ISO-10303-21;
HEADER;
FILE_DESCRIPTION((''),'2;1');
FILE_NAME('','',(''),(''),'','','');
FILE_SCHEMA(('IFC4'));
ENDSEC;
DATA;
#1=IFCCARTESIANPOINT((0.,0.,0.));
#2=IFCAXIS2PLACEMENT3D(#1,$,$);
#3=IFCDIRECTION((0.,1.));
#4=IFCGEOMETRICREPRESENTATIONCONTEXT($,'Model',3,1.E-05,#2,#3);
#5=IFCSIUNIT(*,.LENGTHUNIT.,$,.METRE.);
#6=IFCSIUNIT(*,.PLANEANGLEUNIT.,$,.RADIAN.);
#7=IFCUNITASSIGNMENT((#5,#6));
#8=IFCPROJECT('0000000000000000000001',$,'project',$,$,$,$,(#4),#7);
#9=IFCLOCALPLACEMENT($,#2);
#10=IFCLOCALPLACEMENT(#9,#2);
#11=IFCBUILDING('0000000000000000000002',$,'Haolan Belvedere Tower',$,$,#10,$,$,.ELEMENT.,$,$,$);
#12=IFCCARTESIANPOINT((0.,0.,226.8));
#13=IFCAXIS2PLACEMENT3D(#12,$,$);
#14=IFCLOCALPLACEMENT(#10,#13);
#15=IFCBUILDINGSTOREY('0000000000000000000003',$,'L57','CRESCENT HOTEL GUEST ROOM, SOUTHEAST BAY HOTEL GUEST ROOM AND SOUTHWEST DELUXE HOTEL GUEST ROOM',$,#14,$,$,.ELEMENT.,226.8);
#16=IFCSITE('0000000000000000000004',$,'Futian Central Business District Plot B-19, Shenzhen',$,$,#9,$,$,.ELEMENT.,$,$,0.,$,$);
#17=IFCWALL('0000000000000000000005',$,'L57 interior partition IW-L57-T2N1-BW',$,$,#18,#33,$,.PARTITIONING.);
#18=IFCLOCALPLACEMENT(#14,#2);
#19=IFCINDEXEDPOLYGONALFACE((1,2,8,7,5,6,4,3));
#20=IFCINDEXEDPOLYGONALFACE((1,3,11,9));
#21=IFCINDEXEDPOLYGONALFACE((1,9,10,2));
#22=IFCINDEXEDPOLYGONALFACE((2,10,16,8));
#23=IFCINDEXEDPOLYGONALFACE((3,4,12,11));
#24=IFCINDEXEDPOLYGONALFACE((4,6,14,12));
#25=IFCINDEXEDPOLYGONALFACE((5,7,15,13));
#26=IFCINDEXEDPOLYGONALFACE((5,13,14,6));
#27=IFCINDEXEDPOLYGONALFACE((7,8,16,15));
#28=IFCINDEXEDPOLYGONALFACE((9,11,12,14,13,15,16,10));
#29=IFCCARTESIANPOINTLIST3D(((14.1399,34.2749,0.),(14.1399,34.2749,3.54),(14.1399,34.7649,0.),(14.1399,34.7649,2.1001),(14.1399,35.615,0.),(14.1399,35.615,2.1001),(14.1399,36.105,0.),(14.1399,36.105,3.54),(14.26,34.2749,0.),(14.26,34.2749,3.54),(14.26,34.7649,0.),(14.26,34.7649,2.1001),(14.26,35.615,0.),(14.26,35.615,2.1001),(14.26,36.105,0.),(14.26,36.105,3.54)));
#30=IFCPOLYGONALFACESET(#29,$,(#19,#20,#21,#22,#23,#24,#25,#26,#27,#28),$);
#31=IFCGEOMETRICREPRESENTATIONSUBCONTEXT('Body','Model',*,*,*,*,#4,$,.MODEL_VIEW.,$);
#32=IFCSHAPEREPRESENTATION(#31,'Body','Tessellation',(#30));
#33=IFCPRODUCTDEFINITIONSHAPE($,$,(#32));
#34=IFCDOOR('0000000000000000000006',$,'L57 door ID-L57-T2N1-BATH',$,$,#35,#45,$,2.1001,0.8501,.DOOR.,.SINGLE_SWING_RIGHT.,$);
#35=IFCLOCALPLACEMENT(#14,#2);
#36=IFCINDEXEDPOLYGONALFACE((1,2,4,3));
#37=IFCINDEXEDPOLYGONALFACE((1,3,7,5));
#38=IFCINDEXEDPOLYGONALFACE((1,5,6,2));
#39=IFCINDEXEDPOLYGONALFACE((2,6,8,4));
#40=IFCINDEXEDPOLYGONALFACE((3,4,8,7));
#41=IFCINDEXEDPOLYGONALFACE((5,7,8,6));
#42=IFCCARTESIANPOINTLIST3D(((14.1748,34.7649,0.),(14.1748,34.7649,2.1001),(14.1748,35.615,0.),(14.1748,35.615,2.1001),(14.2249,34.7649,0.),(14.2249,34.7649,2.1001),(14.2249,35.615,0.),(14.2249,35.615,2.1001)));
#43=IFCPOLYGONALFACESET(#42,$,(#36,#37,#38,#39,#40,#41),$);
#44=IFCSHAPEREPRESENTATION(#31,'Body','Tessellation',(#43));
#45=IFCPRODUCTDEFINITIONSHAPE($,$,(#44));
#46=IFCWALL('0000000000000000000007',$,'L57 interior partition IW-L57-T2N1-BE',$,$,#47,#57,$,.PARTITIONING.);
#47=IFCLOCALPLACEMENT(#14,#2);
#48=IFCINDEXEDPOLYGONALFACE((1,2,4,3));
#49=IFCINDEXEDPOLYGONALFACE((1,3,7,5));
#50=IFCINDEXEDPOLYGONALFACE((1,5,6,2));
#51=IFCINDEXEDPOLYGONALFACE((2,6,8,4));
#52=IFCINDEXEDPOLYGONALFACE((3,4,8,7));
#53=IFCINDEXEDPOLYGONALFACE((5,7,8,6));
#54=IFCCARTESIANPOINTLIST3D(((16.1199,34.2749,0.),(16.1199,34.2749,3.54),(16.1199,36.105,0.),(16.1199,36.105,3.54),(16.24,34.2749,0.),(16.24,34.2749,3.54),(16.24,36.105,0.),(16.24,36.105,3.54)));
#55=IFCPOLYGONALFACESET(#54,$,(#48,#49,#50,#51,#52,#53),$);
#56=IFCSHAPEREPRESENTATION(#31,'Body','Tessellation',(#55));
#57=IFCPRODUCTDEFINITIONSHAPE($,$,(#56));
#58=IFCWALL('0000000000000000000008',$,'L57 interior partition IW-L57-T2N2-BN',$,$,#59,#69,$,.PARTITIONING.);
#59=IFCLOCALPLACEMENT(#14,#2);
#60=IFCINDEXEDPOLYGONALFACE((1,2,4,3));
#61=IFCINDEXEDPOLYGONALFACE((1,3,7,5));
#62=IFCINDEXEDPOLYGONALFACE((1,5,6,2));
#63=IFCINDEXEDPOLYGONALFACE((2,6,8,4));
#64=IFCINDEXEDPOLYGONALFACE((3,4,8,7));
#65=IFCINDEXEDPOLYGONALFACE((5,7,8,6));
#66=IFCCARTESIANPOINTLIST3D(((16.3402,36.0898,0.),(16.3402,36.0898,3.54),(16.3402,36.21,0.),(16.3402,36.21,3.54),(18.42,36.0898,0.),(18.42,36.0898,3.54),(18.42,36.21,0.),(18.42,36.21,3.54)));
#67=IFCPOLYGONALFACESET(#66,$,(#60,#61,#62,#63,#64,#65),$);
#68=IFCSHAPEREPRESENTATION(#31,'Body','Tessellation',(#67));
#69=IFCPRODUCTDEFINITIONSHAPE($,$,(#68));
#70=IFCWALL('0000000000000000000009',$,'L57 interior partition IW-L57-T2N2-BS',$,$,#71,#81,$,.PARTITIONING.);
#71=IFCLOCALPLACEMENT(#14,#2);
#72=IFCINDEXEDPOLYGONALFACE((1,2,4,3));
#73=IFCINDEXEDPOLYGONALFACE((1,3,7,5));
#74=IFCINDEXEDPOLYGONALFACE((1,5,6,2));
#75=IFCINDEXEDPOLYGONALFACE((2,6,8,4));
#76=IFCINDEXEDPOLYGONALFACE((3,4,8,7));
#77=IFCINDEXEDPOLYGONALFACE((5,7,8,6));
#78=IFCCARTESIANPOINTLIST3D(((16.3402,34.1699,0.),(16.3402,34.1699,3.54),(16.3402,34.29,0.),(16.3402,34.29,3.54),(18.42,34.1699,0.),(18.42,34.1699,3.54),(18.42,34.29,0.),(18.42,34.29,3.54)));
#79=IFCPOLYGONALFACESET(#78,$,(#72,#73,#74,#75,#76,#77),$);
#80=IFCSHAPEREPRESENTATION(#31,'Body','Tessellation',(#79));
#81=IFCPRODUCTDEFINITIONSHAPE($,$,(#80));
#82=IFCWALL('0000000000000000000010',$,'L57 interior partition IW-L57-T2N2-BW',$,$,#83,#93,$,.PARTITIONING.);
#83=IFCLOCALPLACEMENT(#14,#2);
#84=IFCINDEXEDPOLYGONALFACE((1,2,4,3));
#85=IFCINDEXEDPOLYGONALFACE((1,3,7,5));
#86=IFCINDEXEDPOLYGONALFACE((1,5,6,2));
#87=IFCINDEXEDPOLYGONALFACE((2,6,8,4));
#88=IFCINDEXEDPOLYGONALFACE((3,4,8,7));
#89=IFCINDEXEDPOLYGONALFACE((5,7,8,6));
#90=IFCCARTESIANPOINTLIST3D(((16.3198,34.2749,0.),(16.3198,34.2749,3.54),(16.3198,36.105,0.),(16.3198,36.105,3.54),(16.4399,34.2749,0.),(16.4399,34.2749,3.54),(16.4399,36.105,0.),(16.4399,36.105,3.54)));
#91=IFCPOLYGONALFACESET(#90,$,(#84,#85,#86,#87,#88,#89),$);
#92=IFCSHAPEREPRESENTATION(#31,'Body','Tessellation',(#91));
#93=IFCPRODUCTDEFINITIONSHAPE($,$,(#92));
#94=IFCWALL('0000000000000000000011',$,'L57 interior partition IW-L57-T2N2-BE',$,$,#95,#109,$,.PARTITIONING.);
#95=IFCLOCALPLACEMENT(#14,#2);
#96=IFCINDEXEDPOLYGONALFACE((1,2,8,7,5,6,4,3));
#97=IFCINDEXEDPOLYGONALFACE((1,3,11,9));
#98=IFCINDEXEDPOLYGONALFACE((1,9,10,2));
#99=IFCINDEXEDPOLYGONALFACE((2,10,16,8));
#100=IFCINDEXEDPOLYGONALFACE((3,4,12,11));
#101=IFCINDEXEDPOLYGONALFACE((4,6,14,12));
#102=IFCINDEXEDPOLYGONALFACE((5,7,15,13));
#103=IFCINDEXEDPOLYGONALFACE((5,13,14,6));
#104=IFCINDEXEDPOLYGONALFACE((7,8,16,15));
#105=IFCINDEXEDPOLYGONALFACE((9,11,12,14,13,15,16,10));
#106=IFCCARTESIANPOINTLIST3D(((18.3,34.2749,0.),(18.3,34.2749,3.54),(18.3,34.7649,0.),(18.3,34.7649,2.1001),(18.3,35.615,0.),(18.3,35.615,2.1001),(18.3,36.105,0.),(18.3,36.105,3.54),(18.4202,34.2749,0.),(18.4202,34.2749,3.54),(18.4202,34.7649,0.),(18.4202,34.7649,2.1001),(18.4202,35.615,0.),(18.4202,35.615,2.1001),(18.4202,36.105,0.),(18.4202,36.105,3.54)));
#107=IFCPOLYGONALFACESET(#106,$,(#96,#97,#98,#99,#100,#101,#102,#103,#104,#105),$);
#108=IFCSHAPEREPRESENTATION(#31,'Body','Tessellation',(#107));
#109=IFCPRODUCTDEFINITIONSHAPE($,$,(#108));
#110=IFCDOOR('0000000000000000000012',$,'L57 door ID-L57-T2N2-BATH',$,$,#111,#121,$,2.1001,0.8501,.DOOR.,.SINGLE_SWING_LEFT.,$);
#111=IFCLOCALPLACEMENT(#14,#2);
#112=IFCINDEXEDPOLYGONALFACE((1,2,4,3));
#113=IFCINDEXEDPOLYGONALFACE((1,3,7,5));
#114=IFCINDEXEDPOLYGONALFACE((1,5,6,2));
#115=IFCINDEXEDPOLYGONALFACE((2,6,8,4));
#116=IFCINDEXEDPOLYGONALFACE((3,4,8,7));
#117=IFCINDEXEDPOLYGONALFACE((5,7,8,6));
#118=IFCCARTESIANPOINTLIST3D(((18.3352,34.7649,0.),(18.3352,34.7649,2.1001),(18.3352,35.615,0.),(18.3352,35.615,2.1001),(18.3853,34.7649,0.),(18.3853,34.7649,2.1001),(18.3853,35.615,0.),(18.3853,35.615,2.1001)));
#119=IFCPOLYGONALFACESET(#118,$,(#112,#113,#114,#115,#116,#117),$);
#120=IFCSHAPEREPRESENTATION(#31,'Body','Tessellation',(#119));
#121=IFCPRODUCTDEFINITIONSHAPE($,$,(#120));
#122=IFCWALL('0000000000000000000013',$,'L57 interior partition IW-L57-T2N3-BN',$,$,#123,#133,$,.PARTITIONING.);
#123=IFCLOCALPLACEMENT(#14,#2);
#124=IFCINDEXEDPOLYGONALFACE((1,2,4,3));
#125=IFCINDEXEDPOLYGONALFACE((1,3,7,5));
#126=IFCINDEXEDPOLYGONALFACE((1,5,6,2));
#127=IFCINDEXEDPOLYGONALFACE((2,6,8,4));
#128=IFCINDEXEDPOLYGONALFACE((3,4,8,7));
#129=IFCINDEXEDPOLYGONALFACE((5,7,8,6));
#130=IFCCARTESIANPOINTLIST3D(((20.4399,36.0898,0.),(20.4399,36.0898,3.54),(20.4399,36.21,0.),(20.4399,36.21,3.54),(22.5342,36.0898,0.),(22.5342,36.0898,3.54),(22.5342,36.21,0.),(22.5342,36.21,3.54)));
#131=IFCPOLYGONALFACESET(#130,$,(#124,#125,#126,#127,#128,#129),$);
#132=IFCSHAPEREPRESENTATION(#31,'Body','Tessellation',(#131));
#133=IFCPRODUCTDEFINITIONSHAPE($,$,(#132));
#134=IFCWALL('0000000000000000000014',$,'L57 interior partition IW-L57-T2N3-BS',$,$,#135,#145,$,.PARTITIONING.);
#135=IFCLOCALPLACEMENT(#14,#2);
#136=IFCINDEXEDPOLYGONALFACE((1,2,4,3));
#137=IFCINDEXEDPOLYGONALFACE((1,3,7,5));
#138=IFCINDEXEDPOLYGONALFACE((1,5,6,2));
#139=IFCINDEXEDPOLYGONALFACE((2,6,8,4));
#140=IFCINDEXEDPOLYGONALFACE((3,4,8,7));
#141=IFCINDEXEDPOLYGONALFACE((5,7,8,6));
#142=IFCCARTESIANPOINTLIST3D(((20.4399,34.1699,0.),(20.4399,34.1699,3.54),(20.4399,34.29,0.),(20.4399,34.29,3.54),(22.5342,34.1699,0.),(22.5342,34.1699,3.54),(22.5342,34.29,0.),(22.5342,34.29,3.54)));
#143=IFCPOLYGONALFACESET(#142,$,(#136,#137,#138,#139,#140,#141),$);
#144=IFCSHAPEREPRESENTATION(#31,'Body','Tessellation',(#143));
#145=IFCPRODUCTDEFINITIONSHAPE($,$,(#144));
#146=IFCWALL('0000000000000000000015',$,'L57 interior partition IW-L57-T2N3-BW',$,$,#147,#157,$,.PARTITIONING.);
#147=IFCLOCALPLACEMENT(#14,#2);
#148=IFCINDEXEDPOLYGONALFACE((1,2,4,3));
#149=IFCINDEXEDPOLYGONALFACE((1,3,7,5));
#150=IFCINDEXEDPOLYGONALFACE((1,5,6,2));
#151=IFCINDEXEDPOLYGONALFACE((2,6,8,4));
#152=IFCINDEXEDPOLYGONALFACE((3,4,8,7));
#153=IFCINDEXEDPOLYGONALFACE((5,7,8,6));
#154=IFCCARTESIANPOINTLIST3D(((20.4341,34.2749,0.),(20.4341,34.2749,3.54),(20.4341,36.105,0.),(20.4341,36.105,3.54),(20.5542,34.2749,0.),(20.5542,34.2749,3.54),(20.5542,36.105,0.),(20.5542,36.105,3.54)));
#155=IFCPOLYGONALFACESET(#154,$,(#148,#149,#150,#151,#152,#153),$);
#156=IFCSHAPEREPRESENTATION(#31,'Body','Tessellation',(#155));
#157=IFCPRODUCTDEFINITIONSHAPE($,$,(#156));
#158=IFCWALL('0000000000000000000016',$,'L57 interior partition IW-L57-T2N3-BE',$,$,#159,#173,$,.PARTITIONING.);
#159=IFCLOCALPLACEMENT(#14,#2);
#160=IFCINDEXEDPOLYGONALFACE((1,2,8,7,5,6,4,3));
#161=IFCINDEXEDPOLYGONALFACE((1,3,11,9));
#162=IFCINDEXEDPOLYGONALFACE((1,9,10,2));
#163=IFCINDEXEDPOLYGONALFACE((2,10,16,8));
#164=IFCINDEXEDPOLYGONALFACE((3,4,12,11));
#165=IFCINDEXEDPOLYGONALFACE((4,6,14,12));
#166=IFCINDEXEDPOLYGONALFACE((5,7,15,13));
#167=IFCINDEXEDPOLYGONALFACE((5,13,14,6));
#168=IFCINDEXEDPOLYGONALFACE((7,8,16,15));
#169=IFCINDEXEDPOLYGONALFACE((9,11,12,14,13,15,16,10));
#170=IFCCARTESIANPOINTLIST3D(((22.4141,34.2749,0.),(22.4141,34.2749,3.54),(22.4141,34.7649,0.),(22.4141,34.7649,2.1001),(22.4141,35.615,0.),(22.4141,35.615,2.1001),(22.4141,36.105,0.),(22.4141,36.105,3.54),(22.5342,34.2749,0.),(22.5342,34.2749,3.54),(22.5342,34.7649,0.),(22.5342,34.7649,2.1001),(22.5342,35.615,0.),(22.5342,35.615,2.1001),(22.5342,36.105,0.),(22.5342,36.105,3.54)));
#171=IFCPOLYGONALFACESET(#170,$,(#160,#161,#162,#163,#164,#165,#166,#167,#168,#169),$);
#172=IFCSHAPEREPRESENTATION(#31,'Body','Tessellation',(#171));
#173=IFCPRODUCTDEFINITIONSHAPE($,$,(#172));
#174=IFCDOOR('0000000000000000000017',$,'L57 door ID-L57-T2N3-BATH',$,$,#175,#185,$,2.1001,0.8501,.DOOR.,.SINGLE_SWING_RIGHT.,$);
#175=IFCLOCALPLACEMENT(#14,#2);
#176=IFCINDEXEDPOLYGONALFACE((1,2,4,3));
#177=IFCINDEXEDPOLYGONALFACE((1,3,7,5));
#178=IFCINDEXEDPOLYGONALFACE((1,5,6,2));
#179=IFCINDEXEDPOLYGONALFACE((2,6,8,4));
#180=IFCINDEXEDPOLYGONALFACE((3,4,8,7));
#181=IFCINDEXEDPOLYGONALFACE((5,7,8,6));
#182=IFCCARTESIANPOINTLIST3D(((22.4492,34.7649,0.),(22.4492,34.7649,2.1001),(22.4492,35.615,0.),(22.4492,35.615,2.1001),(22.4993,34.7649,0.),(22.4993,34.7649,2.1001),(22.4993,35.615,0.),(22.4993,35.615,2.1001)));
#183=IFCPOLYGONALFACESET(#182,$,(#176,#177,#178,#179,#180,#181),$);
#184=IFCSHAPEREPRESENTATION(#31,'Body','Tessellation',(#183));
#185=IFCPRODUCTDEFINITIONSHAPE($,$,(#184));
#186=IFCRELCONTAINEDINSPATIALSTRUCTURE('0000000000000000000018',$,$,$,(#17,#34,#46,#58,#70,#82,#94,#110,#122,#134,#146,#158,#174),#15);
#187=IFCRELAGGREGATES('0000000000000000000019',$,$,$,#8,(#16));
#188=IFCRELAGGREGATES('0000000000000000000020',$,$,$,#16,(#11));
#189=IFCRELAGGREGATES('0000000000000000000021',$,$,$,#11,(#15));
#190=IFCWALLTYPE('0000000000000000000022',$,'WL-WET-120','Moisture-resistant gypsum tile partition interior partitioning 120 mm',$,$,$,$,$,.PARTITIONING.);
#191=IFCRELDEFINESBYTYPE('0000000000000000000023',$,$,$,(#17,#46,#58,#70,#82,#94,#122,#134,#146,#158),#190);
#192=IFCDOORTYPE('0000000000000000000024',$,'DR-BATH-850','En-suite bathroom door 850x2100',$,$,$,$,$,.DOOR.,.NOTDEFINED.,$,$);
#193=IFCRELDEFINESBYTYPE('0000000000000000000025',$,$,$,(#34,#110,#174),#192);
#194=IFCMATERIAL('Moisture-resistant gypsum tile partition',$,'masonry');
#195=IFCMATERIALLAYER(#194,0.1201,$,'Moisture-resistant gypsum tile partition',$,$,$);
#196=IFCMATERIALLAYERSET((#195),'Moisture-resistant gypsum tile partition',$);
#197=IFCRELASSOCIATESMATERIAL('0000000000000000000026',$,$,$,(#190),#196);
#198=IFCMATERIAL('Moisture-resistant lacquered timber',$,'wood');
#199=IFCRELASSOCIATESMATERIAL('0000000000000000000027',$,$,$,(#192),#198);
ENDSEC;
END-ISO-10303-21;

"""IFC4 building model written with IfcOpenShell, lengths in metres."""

from ifc_helpers import new_model, si_unit, direction, frame, frame_2d, origin, place, context, subcontext, project, spatial, rectangle, extrude, material, layer, layer_set, type_object, element, fill, save


model = new_model("IFC4")

# Units and contexts
model_context = context("Model", 3, precision=1e-05, world=origin(), true_north=direction((0.0, 1.0)))
body_context = subcontext(model_context, "Body", "Model", "MODEL_VIEW")
ifc_project = project(units=[si_unit("LENGTHUNIT", "METRE"), si_unit("PLANEANGLEUNIT", "RADIAN")], contexts=[model_context])

# Site, building, storey
site_placement = place(None, origin())
site = spatial("IfcSite", under=ifc_project, at=site_placement, Name="Futian Central Business District Plot B-19, Shenzhen", CompositionType="ELEMENT", RefElevation=0.0)
building_placement = place(site_placement, origin())
building = spatial("IfcBuilding", under=site, at=building_placement, Name="Haolan Belvedere Tower", CompositionType="ELEMENT")
storey_placement = place(building_placement, frame((0.0, 0.0, 226.8)))
storey = spatial("IfcBuildingStorey", under=building, at=storey_placement, Name="L57", Description="CRESCENT HOTEL GUEST ROOM, SOUTHEAST BAY HOTEL GUEST ROOM AND SOUTHWEST DELUXE HOTEL GUEST ROOM", CompositionType="ELEMENT", Elevation=226.8)

# Shared definitions
ifc_material_1 = material(Name="Moisture-resistant gypsum tile partition", Category="masonry")
ifc_layer_1 = layer(ifc_material_1, 0.1201, Name="Moisture-resistant gypsum tile partition")
ifc_layer_set_1 = layer_set([ifc_layer_1], Name="Moisture-resistant gypsum tile partition")
wall_type_1 = type_object("IfcWallType", Name="WL-WET-120", Description="Moisture-resistant gypsum tile partition interior partitioning 120 mm", PredefinedType="PARTITIONING", material=ifc_layer_set_1)

# Wall, opening, door
wall_1_placement = place(storey_placement, frame((14.2, 34.2749, 0.0), z_axis=(0.0, 0.0, 1.0), x_axis=(0.0, 1.0, 0.0)))
wall_1 = element("IfcWall", 1, at=wall_1_placement, inside=storey, type_object=wall_type_1, Name="L57 interior partition IW-L57-T2N1-BW", PredefinedType="PARTITIONING", context=body_context, shape_type="SweptSolid", body=[
    extrude(rectangle(XDim=1.8301, YDim=0.1201, at=frame_2d((0.915, 0.0))), origin(), (0.0, 0.0, 1.0), 3.54),
])
opening_1_placement = place(wall_1_placement, frame((1.3401, 0.0, 0.0), z_axis=(0.0, 0.0, 1.0), x_axis=(-1.0, 0.0, 0.0)))
opening_1 = element("IfcOpeningElement", 2, at=opening_1_placement, cuts=wall_1, PredefinedType="OPENING", context=body_context, shape_type="SweptSolid", body=[
    extrude(rectangle(XDim=0.8501, YDim=2.1001, at=frame_2d((0.425, 1.05))), frame((0.0, 0.0701, 0.0), z_axis=(0.0, -1.0, 0.0), x_axis=(1.0, 0.0, 0.0)), (0.0, 0.0, 1.0), 0.1401),
])
ifc_material_2 = material(Name="Moisture-resistant lacquered timber", Category="wood")
door_type = type_object("IfcDoorType", Name="DR-BATH-850", Description="En-suite bathroom door 850x2100", OperationType="NOTDEFINED", PredefinedType="DOOR", material=ifc_material_2)
door_1_placement = place(opening_1_placement, origin())
door_1 = element("IfcDoor", 3, at=door_1_placement, inside=storey, type_object=door_type, Name="L57 door ID-L57-T2N1-BATH", OperationType="SINGLE_SWING_RIGHT", OverallHeight=2.1001, OverallWidth=0.8501, PredefinedType="DOOR", context=body_context, shape_type="SweptSolid", body=[
    extrude(rectangle(XDim=0.8501, YDim=2.1001, at=frame_2d((0.425, 1.05))), frame((0.0, 0.0249, 0.0), z_axis=(0.0, -1.0, 0.0), x_axis=(1.0, 0.0, 0.0)), (0.0, 0.0, 1.0), 0.05),
])
fill(opening_1, door_1)

# Walls
wall_2_placement = place(storey_placement, frame((16.1799, 34.2749, 0.0), z_axis=(0.0, 0.0, 1.0), x_axis=(0.0, 1.0, 0.0)))
element("IfcWall", 4, at=wall_2_placement, inside=storey, type_object=wall_type_1, Name="L57 interior partition IW-L57-T2N1-BE", PredefinedType="PARTITIONING", context=body_context, shape_type="SweptSolid", body=[
    extrude(rectangle(XDim=1.8301, YDim=0.1201, at=frame_2d((0.915, 0.0))), origin(), (0.0, 0.0, 1.0), 3.54),
])
for number, where, z_axis, x_axis, name in (
    (5, (16.3401, 36.1499, 0.0), (0.0, 0.0, 1.0), (1.0, 0.0, 0.0), "L57 interior partition IW-L57-T2N2-BN"),
    (6, (16.3401, 34.23, 0.0), (0.0, 0.0, 1.0), (1.0, 0.0, 0.0), "L57 interior partition IW-L57-T2N2-BS"),
):
    element("IfcWall", number, at=place(storey_placement, frame(where, z_axis=z_axis, x_axis=x_axis)), inside=storey, type_object=wall_type_1, Name=name, PredefinedType="PARTITIONING", context=body_context, shape_type="SweptSolid", body=[
        extrude(rectangle(XDim=2.0798, YDim=0.1201, at=frame_2d((1.04, 0.0))), origin(), (0.0, 0.0, 1.0), 3.54),
    ])
wall_3_placement = place(storey_placement, frame((16.3799, 34.2749, 0.0), z_axis=(0.0, 0.0, 1.0), x_axis=(0.0, 1.0, 0.0)))
element("IfcWall", 7, at=wall_3_placement, inside=storey, type_object=wall_type_1, Name="L57 interior partition IW-L57-T2N2-BW", PredefinedType="PARTITIONING", context=body_context, shape_type="SweptSolid", body=[
    extrude(rectangle(XDim=1.8301, YDim=0.1201, at=frame_2d((0.915, 0.0))), origin(), (0.0, 0.0, 1.0), 3.54),
])

# Wall, opening, door
wall_4_placement = place(storey_placement, frame((18.3601, 34.2749, 0.0), z_axis=(0.0, 0.0, 1.0), x_axis=(0.0, 1.0, 0.0)))
wall_4 = element("IfcWall", 8, at=wall_4_placement, inside=storey, type_object=wall_type_1, Name="L57 interior partition IW-L57-T2N2-BE", PredefinedType="PARTITIONING", context=body_context, shape_type="SweptSolid", body=[
    extrude(rectangle(XDim=1.8301, YDim=0.1201, at=frame_2d((0.915, 0.0))), origin(), (0.0, 0.0, 1.0), 3.54),
])
opening_2_placement = place(wall_4_placement, frame((0.49, 0.0, 0.0)))
opening_2 = element("IfcOpeningElement", 9, at=opening_2_placement, cuts=wall_4, PredefinedType="OPENING", context=body_context, shape_type="SweptSolid", body=[
    extrude(rectangle(XDim=0.8501, YDim=2.1001, at=frame_2d((0.425, 1.05))), frame((0.0, 0.0701, 0.0), z_axis=(0.0, -1.0, 0.0), x_axis=(1.0, 0.0, 0.0)), (0.0, 0.0, 1.0), 0.1401),
])
door_2_placement = place(opening_2_placement, origin())
door_2 = element("IfcDoor", 10, at=door_2_placement, inside=storey, type_object=door_type, Name="L57 door ID-L57-T2N2-BATH", OperationType="SINGLE_SWING_LEFT", OverallHeight=2.1001, OverallWidth=0.8501, PredefinedType="DOOR", context=body_context, shape_type="SweptSolid", body=[
    extrude(rectangle(XDim=0.8501, YDim=2.1001, at=frame_2d((0.425, 1.05))), frame((0.0, 0.0249, 0.0), z_axis=(0.0, -1.0, 0.0), x_axis=(1.0, 0.0, 0.0)), (0.0, 0.0, 1.0), 0.05),
])
fill(opening_2, door_2)

# Walls
for number, where, z_axis, x_axis, name in (
    (11, (20.4399, 36.1499, 0.0), (0.0, 0.0, 1.0), (1.0, 0.0, 0.0), "L57 interior partition IW-L57-T2N3-BN"),
    (12, (20.4399, 34.23, 0.0), (0.0, 0.0, 1.0), (1.0, 0.0, 0.0), "L57 interior partition IW-L57-T2N3-BS"),
):
    element("IfcWall", number, at=place(storey_placement, frame(where, z_axis=z_axis, x_axis=x_axis)), inside=storey, type_object=wall_type_1, Name=name, PredefinedType="PARTITIONING", context=body_context, shape_type="SweptSolid", body=[
        extrude(rectangle(XDim=2.0942, YDim=0.1201, at=frame_2d((1.0471, 0.0))), origin(), (0.0, 0.0, 1.0), 3.54),
    ])
wall_5_placement = place(storey_placement, frame((20.4941, 34.2749, 0.0), z_axis=(0.0, 0.0, 1.0), x_axis=(0.0, 1.0, 0.0)))
element("IfcWall", 13, at=wall_5_placement, inside=storey, type_object=wall_type_1, Name="L57 interior partition IW-L57-T2N3-BW", PredefinedType="PARTITIONING", context=body_context, shape_type="SweptSolid", body=[
    extrude(rectangle(XDim=1.8301, YDim=0.1201, at=frame_2d((0.915, 0.0))), origin(), (0.0, 0.0, 1.0), 3.54),
])

# Wall, opening, door
wall_6_placement = place(storey_placement, frame((22.4741, 34.2749, 0.0), z_axis=(0.0, 0.0, 1.0), x_axis=(0.0, 1.0, 0.0)))
wall_6 = element("IfcWall", 14, at=wall_6_placement, inside=storey, type_object=wall_type_1, Name="L57 interior partition IW-L57-T2N3-BE", PredefinedType="PARTITIONING", context=body_context, shape_type="SweptSolid", body=[
    extrude(rectangle(XDim=1.8301, YDim=0.1201, at=frame_2d((0.915, 0.0))), origin(), (0.0, 0.0, 1.0), 3.54),
])
opening_3_placement = place(wall_6_placement, frame((0.49, 0.0, 0.0)))
opening_3 = element("IfcOpeningElement", 15, at=opening_3_placement, cuts=wall_6, PredefinedType="OPENING", context=body_context, shape_type="SweptSolid", body=[
    extrude(rectangle(XDim=0.8501, YDim=2.1001, at=frame_2d((0.425, 1.05))), frame((0.0, 0.0701, 0.0), z_axis=(0.0, -1.0, 0.0), x_axis=(1.0, 0.0, 0.0)), (0.0, 0.0, 1.0), 0.1401),
])
door_3_placement = place(opening_3_placement, origin())
door_3 = element("IfcDoor", 16, at=door_3_placement, inside=storey, type_object=door_type, Name="L57 door ID-L57-T2N3-BATH", OperationType="SINGLE_SWING_RIGHT", OverallHeight=2.1001, OverallWidth=0.8501, PredefinedType="DOOR", context=body_context, shape_type="SweptSolid", body=[
    extrude(rectangle(XDim=0.8501, YDim=2.1001, at=frame_2d((0.425, 1.05))), frame((0.0, 0.0249, 0.0), z_axis=(0.0, -1.0, 0.0), x_axis=(1.0, 0.0, 0.0)), (0.0, 0.0, 1.0), 0.05),
])
fill(opening_3, door_3)

save(model, "model.ifc")
